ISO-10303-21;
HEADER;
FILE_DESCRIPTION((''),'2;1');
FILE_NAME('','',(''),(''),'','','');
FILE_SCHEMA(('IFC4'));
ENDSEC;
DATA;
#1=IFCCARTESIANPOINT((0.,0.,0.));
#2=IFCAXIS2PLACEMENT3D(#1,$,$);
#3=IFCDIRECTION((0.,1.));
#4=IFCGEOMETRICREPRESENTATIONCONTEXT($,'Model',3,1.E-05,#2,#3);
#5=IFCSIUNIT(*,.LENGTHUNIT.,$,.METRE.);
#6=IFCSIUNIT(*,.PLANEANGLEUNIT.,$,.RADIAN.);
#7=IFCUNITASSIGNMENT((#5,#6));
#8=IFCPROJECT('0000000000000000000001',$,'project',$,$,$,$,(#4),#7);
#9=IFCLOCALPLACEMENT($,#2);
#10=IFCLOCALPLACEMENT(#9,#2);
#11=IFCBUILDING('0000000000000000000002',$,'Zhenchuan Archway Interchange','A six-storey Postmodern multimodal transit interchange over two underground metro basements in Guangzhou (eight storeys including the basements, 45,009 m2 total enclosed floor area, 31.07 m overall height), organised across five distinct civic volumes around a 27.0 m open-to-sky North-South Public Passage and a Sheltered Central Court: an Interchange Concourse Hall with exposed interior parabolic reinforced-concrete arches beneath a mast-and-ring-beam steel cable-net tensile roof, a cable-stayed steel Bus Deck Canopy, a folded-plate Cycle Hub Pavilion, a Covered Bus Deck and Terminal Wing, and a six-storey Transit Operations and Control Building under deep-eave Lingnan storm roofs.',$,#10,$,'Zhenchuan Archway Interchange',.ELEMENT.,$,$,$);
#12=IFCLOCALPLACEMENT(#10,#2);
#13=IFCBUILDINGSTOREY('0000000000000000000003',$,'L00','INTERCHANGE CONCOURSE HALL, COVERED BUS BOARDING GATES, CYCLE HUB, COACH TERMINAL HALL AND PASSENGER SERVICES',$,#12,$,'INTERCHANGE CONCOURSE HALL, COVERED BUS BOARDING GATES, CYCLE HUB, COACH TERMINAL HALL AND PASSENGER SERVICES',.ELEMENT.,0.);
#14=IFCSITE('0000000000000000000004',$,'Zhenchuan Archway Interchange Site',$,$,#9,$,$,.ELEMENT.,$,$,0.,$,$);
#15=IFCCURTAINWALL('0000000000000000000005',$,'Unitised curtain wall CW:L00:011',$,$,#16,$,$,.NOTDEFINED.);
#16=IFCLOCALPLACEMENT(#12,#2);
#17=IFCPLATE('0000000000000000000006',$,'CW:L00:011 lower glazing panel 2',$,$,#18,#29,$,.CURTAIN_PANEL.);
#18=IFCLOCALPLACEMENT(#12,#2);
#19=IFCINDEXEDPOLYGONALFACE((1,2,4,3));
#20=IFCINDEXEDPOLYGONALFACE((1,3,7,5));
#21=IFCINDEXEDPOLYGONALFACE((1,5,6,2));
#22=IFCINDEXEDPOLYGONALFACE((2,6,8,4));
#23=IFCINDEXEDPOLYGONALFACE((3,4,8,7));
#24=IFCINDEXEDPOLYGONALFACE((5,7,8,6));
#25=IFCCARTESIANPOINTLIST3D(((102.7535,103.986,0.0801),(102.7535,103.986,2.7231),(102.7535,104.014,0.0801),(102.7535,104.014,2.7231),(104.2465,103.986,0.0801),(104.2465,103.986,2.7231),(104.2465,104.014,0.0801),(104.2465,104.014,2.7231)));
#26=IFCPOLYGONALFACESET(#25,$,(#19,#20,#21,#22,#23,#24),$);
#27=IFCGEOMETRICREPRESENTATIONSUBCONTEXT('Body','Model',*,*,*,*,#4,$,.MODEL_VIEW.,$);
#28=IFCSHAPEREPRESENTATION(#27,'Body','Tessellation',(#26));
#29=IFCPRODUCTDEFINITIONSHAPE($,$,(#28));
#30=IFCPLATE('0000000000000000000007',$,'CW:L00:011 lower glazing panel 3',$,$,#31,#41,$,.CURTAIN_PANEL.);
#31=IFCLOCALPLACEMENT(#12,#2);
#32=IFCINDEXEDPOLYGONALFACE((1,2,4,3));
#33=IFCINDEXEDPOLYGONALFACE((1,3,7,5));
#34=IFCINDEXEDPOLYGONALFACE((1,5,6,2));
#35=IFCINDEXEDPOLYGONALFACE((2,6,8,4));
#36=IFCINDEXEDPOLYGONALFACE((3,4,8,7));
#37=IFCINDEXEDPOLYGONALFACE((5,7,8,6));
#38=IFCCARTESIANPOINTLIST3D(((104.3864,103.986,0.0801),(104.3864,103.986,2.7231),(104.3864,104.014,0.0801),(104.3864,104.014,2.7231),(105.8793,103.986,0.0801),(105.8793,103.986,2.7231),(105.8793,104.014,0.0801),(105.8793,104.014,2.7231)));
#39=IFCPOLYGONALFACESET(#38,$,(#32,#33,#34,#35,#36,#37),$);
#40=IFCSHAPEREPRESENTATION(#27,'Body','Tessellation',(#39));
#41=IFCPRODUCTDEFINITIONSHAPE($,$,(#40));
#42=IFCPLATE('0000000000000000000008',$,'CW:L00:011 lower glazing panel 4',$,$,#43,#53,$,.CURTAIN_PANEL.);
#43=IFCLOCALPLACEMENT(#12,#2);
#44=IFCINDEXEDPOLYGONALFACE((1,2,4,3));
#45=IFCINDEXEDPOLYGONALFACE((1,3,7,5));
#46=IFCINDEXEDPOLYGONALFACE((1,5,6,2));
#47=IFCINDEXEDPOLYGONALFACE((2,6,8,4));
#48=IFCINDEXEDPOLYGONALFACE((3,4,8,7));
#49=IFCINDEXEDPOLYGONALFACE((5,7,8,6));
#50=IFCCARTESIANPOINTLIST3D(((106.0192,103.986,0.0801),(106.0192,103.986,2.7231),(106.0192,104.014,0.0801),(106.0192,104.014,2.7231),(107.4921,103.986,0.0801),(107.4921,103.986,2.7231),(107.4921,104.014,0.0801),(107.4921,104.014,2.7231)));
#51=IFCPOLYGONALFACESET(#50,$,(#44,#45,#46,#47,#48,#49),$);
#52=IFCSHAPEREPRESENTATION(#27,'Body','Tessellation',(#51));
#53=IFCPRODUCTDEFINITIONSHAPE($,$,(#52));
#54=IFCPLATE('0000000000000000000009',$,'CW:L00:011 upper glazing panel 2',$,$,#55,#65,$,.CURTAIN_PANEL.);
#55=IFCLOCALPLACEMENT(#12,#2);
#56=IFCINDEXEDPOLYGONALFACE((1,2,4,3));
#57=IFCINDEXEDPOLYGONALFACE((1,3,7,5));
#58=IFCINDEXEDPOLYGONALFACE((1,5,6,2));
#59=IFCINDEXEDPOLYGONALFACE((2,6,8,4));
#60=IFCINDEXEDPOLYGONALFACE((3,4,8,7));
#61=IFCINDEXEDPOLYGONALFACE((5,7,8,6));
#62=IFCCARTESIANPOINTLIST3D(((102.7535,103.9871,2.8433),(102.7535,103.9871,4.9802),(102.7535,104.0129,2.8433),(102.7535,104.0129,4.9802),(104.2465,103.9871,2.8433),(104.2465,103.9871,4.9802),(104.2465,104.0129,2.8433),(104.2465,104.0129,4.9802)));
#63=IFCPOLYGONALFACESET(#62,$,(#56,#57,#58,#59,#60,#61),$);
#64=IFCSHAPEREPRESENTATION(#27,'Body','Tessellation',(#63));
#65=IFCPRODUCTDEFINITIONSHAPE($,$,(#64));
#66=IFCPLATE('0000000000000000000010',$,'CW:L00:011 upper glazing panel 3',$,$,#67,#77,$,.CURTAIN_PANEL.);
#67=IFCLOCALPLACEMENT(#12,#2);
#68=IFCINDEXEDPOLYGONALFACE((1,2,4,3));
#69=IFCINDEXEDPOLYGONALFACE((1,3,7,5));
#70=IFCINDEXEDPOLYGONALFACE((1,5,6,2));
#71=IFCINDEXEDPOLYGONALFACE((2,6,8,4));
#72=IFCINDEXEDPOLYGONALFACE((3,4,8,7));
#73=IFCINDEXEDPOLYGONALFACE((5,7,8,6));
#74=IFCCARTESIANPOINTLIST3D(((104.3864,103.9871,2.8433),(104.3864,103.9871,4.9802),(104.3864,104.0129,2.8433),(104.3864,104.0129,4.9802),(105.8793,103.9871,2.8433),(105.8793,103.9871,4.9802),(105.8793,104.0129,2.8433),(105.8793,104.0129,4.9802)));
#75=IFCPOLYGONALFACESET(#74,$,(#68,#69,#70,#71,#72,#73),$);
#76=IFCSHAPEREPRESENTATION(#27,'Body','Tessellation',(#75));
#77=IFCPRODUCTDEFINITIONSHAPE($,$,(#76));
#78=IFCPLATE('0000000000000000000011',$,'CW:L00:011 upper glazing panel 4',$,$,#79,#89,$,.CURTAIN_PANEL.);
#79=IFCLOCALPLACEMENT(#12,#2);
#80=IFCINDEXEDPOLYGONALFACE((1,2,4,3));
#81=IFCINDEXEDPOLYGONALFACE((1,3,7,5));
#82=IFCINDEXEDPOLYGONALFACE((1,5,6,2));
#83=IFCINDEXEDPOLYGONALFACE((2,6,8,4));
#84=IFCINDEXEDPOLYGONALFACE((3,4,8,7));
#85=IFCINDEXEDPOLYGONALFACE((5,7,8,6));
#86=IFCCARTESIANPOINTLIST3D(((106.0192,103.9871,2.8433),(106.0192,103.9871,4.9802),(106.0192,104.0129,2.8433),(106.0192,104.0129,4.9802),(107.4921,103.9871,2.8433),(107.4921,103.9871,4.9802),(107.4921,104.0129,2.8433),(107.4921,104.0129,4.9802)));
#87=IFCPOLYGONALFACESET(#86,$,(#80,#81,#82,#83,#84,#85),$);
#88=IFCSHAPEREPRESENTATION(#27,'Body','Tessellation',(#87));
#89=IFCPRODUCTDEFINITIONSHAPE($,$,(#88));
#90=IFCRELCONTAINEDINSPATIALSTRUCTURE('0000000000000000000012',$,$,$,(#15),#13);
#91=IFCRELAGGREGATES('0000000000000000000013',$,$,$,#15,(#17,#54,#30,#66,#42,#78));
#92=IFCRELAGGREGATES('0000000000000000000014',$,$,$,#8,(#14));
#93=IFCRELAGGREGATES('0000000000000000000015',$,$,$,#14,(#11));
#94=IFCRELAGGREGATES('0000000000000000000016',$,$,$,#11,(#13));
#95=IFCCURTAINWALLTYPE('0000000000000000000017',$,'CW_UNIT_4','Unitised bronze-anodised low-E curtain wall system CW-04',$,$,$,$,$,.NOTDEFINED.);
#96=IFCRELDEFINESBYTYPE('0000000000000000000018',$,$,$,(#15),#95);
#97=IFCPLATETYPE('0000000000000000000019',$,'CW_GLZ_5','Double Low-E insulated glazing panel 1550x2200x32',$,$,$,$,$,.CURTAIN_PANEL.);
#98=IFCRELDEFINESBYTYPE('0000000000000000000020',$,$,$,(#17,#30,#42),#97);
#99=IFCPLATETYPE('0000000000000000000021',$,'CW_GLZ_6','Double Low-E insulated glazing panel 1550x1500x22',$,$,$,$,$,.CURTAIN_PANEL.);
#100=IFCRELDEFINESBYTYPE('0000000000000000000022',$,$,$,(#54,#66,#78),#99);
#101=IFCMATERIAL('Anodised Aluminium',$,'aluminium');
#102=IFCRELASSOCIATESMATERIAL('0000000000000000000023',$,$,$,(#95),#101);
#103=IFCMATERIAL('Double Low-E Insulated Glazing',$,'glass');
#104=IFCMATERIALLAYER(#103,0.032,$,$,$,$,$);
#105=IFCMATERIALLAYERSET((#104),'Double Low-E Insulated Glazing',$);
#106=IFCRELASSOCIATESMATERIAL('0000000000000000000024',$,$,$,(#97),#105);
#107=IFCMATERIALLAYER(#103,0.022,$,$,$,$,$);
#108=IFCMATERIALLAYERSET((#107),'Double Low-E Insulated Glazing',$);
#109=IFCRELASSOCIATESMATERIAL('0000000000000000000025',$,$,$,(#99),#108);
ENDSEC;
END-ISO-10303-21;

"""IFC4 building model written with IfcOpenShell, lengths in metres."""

from ifc_helpers import new_model, si_unit, direction, frame, origin, origin_2d, place, context, subcontext, project, spatial, rectangle, extrude, material, layer, layer_set, type_object, element, aggregate, save


model = new_model("IFC4")

# Units and contexts
model_context = context("Model", 3, precision=1e-05, world=origin(), true_north=direction((0.0, 1.0)))
body_context = subcontext(model_context, "Body", "Model", "MODEL_VIEW")
ifc_project = project(units=[si_unit("LENGTHUNIT", "METRE"), si_unit("PLANEANGLEUNIT", "RADIAN")], contexts=[model_context])

# Site, building, storey
site_placement = place(None, origin())
site = spatial("IfcSite", under=ifc_project, at=site_placement, Name="Zhenchuan Archway Interchange Site", CompositionType="ELEMENT", RefElevation=0.0)
building_placement = place(site_placement, origin())
building = spatial("IfcBuilding", under=site, at=building_placement, Name="Zhenchuan Archway Interchange", Description="A six-storey Postmodern multimodal transit interchange over two underground metro basements in Guangzhou (eight storeys including the basements, 45,009 m2 total enclosed floor area, 31.07 m overall height), organised across five distinct civic volumes around a 27.0 m open-to-sky North-South Public Passage and a Sheltered Central Court: an Interchange Concourse Hall with exposed interior parabolic reinforced-concrete arches beneath a mast-and-ring-beam steel cable-net tensile roof, a cable-stayed steel Bus Deck Canopy, a folded-plate Cycle Hub Pavilion, a Covered Bus Deck and Terminal Wing, and a six-storey Transit Operations and Control Building under deep-eave Lingnan storm roofs.", LongName="Zhenchuan Archway Interchange", CompositionType="ELEMENT")
storey_placement = place(building_placement, origin())
storey = spatial("IfcBuildingStorey", under=building, at=storey_placement, Name="L00", Description="INTERCHANGE CONCOURSE HALL, COVERED BUS BOARDING GATES, CYCLE HUB, COACH TERMINAL HALL AND PASSENGER SERVICES", LongName="INTERCHANGE CONCOURSE HALL, COVERED BUS BOARDING GATES, CYCLE HUB, COACH TERMINAL HALL AND PASSENGER SERVICES", CompositionType="ELEMENT", Elevation=0.0)

# Curtain wall
ifc_material_1 = material(Name="Anodised Aluminium", Category="aluminium")
curtain_wall_type = type_object("IfcCurtainWallType", Name="CW_UNIT_4", Description="Unitised bronze-anodised low-E curtain wall system CW-04", PredefinedType="NOTDEFINED", material=ifc_material_1)
curtain_wall_placement = place(storey_placement, origin())
curtain_wall = element("IfcCurtainWall", 1, at=curtain_wall_placement, inside=storey, type_object=curtain_wall_type, Name="Unitised curtain wall CW:L00:011", PredefinedType="NOTDEFINED")

# Plates
ifc_material_2 = material(Name="Double Low-E Insulated Glazing", Category="glass")
ifc_layer_1 = layer(ifc_material_2, 0.032)
ifc_layer_set_1 = layer_set([ifc_layer_1], Name="Double Low-E Insulated Glazing")
plate_type_1 = type_object("IfcPlateType", Name="CW_GLZ_5", Description="Double Low-E insulated glazing panel 1550x2200x32", PredefinedType="CURTAIN_PANEL", material=ifc_layer_set_1)
plate_1_placement = place(storey_placement, frame((103.5, 104.0, 0.0801), z_axis=(0.0, 0.0, 1.0), x_axis=(1.0, 0.0, 0.0)))
plate_1 = element("IfcPlate", 2, at=plate_1_placement, type_object=plate_type_1, Name="CW:L00:011 lower glazing panel 2", PredefinedType="CURTAIN_PANEL", context=body_context, shape_type="SweptSolid", body=[
    extrude(rectangle(XDim=1.4929, YDim=0.0281, at=origin_2d()), origin(), (0.0, 0.0, 1.0), 2.6431),
])
plate_2_placement = place(storey_placement, frame((105.1328, 104.0, 0.0801), z_axis=(0.0, 0.0, 1.0), x_axis=(1.0, 0.0, 0.0)))
plate_2 = element("IfcPlate", 3, at=plate_2_placement, type_object=plate_type_1, Name="CW:L00:011 lower glazing panel 3", PredefinedType="CURTAIN_PANEL", context=body_context, shape_type="SweptSolid", body=[
    extrude(rectangle(XDim=1.4929, YDim=0.0281, at=origin_2d()), origin(), (0.0, 0.0, 1.0), 2.6431),
])
plate_3_placement = place(storey_placement, frame((106.7556, 104.0, 0.0801), z_axis=(0.0, 0.0, 1.0), x_axis=(1.0, 0.0, 0.0)))
plate_3 = element("IfcPlate", 4, at=plate_3_placement, type_object=plate_type_1, Name="CW:L00:011 lower glazing panel 4", PredefinedType="CURTAIN_PANEL", context=body_context, shape_type="SweptSolid", body=[
    extrude(rectangle(XDim=1.4729, YDim=0.0281, at=origin_2d()), origin(), (0.0, 0.0, 1.0), 2.6431),
])
ifc_layer_2 = layer(ifc_material_2, 0.022)
ifc_layer_set_2 = layer_set([ifc_layer_2], Name="Double Low-E Insulated Glazing")
plate_type_2 = type_object("IfcPlateType", Name="CW_GLZ_6", Description="Double Low-E insulated glazing panel 1550x1500x22", PredefinedType="CURTAIN_PANEL", material=ifc_layer_set_2)
plate_4_placement = place(storey_placement, frame((103.5, 104.0, 2.8433), z_axis=(0.0, 0.0, 1.0), x_axis=(1.0, 0.0, 0.0)))
plate_4 = element("IfcPlate", 5, at=plate_4_placement, type_object=plate_type_2, Name="CW:L00:011 upper glazing panel 2", PredefinedType="CURTAIN_PANEL", context=body_context, shape_type="SweptSolid", body=[
    extrude(rectangle(XDim=1.4929, YDim=0.0259, at=origin_2d()), origin(), (0.0, 0.0, 1.0), 2.137),
])
plate_5_placement = place(storey_placement, frame((105.1328, 104.0, 2.8433), z_axis=(0.0, 0.0, 1.0), x_axis=(1.0, 0.0, 0.0)))
plate_5 = element("IfcPlate", 6, at=plate_5_placement, type_object=plate_type_2, Name="CW:L00:011 upper glazing panel 3", PredefinedType="CURTAIN_PANEL", context=body_context, shape_type="SweptSolid", body=[
    extrude(rectangle(XDim=1.4929, YDim=0.0259, at=origin_2d()), origin(), (0.0, 0.0, 1.0), 2.137),
])
plate_6_placement = place(storey_placement, frame((106.7556, 104.0, 2.8433), z_axis=(0.0, 0.0, 1.0), x_axis=(1.0, 0.0, 0.0)))
plate_6 = element("IfcPlate", 7, at=plate_6_placement, type_object=plate_type_2, Name="CW:L00:011 upper glazing panel 4", PredefinedType="CURTAIN_PANEL", context=body_context, shape_type="SweptSolid", body=[
    extrude(rectangle(XDim=1.4729, YDim=0.0259, at=origin_2d()), origin(), (0.0, 0.0, 1.0), 2.137),
])
aggregate(curtain_wall, [plate_1, plate_4, plate_2, plate_5, plate_3, plate_6])

save(model, "model.ifc")
